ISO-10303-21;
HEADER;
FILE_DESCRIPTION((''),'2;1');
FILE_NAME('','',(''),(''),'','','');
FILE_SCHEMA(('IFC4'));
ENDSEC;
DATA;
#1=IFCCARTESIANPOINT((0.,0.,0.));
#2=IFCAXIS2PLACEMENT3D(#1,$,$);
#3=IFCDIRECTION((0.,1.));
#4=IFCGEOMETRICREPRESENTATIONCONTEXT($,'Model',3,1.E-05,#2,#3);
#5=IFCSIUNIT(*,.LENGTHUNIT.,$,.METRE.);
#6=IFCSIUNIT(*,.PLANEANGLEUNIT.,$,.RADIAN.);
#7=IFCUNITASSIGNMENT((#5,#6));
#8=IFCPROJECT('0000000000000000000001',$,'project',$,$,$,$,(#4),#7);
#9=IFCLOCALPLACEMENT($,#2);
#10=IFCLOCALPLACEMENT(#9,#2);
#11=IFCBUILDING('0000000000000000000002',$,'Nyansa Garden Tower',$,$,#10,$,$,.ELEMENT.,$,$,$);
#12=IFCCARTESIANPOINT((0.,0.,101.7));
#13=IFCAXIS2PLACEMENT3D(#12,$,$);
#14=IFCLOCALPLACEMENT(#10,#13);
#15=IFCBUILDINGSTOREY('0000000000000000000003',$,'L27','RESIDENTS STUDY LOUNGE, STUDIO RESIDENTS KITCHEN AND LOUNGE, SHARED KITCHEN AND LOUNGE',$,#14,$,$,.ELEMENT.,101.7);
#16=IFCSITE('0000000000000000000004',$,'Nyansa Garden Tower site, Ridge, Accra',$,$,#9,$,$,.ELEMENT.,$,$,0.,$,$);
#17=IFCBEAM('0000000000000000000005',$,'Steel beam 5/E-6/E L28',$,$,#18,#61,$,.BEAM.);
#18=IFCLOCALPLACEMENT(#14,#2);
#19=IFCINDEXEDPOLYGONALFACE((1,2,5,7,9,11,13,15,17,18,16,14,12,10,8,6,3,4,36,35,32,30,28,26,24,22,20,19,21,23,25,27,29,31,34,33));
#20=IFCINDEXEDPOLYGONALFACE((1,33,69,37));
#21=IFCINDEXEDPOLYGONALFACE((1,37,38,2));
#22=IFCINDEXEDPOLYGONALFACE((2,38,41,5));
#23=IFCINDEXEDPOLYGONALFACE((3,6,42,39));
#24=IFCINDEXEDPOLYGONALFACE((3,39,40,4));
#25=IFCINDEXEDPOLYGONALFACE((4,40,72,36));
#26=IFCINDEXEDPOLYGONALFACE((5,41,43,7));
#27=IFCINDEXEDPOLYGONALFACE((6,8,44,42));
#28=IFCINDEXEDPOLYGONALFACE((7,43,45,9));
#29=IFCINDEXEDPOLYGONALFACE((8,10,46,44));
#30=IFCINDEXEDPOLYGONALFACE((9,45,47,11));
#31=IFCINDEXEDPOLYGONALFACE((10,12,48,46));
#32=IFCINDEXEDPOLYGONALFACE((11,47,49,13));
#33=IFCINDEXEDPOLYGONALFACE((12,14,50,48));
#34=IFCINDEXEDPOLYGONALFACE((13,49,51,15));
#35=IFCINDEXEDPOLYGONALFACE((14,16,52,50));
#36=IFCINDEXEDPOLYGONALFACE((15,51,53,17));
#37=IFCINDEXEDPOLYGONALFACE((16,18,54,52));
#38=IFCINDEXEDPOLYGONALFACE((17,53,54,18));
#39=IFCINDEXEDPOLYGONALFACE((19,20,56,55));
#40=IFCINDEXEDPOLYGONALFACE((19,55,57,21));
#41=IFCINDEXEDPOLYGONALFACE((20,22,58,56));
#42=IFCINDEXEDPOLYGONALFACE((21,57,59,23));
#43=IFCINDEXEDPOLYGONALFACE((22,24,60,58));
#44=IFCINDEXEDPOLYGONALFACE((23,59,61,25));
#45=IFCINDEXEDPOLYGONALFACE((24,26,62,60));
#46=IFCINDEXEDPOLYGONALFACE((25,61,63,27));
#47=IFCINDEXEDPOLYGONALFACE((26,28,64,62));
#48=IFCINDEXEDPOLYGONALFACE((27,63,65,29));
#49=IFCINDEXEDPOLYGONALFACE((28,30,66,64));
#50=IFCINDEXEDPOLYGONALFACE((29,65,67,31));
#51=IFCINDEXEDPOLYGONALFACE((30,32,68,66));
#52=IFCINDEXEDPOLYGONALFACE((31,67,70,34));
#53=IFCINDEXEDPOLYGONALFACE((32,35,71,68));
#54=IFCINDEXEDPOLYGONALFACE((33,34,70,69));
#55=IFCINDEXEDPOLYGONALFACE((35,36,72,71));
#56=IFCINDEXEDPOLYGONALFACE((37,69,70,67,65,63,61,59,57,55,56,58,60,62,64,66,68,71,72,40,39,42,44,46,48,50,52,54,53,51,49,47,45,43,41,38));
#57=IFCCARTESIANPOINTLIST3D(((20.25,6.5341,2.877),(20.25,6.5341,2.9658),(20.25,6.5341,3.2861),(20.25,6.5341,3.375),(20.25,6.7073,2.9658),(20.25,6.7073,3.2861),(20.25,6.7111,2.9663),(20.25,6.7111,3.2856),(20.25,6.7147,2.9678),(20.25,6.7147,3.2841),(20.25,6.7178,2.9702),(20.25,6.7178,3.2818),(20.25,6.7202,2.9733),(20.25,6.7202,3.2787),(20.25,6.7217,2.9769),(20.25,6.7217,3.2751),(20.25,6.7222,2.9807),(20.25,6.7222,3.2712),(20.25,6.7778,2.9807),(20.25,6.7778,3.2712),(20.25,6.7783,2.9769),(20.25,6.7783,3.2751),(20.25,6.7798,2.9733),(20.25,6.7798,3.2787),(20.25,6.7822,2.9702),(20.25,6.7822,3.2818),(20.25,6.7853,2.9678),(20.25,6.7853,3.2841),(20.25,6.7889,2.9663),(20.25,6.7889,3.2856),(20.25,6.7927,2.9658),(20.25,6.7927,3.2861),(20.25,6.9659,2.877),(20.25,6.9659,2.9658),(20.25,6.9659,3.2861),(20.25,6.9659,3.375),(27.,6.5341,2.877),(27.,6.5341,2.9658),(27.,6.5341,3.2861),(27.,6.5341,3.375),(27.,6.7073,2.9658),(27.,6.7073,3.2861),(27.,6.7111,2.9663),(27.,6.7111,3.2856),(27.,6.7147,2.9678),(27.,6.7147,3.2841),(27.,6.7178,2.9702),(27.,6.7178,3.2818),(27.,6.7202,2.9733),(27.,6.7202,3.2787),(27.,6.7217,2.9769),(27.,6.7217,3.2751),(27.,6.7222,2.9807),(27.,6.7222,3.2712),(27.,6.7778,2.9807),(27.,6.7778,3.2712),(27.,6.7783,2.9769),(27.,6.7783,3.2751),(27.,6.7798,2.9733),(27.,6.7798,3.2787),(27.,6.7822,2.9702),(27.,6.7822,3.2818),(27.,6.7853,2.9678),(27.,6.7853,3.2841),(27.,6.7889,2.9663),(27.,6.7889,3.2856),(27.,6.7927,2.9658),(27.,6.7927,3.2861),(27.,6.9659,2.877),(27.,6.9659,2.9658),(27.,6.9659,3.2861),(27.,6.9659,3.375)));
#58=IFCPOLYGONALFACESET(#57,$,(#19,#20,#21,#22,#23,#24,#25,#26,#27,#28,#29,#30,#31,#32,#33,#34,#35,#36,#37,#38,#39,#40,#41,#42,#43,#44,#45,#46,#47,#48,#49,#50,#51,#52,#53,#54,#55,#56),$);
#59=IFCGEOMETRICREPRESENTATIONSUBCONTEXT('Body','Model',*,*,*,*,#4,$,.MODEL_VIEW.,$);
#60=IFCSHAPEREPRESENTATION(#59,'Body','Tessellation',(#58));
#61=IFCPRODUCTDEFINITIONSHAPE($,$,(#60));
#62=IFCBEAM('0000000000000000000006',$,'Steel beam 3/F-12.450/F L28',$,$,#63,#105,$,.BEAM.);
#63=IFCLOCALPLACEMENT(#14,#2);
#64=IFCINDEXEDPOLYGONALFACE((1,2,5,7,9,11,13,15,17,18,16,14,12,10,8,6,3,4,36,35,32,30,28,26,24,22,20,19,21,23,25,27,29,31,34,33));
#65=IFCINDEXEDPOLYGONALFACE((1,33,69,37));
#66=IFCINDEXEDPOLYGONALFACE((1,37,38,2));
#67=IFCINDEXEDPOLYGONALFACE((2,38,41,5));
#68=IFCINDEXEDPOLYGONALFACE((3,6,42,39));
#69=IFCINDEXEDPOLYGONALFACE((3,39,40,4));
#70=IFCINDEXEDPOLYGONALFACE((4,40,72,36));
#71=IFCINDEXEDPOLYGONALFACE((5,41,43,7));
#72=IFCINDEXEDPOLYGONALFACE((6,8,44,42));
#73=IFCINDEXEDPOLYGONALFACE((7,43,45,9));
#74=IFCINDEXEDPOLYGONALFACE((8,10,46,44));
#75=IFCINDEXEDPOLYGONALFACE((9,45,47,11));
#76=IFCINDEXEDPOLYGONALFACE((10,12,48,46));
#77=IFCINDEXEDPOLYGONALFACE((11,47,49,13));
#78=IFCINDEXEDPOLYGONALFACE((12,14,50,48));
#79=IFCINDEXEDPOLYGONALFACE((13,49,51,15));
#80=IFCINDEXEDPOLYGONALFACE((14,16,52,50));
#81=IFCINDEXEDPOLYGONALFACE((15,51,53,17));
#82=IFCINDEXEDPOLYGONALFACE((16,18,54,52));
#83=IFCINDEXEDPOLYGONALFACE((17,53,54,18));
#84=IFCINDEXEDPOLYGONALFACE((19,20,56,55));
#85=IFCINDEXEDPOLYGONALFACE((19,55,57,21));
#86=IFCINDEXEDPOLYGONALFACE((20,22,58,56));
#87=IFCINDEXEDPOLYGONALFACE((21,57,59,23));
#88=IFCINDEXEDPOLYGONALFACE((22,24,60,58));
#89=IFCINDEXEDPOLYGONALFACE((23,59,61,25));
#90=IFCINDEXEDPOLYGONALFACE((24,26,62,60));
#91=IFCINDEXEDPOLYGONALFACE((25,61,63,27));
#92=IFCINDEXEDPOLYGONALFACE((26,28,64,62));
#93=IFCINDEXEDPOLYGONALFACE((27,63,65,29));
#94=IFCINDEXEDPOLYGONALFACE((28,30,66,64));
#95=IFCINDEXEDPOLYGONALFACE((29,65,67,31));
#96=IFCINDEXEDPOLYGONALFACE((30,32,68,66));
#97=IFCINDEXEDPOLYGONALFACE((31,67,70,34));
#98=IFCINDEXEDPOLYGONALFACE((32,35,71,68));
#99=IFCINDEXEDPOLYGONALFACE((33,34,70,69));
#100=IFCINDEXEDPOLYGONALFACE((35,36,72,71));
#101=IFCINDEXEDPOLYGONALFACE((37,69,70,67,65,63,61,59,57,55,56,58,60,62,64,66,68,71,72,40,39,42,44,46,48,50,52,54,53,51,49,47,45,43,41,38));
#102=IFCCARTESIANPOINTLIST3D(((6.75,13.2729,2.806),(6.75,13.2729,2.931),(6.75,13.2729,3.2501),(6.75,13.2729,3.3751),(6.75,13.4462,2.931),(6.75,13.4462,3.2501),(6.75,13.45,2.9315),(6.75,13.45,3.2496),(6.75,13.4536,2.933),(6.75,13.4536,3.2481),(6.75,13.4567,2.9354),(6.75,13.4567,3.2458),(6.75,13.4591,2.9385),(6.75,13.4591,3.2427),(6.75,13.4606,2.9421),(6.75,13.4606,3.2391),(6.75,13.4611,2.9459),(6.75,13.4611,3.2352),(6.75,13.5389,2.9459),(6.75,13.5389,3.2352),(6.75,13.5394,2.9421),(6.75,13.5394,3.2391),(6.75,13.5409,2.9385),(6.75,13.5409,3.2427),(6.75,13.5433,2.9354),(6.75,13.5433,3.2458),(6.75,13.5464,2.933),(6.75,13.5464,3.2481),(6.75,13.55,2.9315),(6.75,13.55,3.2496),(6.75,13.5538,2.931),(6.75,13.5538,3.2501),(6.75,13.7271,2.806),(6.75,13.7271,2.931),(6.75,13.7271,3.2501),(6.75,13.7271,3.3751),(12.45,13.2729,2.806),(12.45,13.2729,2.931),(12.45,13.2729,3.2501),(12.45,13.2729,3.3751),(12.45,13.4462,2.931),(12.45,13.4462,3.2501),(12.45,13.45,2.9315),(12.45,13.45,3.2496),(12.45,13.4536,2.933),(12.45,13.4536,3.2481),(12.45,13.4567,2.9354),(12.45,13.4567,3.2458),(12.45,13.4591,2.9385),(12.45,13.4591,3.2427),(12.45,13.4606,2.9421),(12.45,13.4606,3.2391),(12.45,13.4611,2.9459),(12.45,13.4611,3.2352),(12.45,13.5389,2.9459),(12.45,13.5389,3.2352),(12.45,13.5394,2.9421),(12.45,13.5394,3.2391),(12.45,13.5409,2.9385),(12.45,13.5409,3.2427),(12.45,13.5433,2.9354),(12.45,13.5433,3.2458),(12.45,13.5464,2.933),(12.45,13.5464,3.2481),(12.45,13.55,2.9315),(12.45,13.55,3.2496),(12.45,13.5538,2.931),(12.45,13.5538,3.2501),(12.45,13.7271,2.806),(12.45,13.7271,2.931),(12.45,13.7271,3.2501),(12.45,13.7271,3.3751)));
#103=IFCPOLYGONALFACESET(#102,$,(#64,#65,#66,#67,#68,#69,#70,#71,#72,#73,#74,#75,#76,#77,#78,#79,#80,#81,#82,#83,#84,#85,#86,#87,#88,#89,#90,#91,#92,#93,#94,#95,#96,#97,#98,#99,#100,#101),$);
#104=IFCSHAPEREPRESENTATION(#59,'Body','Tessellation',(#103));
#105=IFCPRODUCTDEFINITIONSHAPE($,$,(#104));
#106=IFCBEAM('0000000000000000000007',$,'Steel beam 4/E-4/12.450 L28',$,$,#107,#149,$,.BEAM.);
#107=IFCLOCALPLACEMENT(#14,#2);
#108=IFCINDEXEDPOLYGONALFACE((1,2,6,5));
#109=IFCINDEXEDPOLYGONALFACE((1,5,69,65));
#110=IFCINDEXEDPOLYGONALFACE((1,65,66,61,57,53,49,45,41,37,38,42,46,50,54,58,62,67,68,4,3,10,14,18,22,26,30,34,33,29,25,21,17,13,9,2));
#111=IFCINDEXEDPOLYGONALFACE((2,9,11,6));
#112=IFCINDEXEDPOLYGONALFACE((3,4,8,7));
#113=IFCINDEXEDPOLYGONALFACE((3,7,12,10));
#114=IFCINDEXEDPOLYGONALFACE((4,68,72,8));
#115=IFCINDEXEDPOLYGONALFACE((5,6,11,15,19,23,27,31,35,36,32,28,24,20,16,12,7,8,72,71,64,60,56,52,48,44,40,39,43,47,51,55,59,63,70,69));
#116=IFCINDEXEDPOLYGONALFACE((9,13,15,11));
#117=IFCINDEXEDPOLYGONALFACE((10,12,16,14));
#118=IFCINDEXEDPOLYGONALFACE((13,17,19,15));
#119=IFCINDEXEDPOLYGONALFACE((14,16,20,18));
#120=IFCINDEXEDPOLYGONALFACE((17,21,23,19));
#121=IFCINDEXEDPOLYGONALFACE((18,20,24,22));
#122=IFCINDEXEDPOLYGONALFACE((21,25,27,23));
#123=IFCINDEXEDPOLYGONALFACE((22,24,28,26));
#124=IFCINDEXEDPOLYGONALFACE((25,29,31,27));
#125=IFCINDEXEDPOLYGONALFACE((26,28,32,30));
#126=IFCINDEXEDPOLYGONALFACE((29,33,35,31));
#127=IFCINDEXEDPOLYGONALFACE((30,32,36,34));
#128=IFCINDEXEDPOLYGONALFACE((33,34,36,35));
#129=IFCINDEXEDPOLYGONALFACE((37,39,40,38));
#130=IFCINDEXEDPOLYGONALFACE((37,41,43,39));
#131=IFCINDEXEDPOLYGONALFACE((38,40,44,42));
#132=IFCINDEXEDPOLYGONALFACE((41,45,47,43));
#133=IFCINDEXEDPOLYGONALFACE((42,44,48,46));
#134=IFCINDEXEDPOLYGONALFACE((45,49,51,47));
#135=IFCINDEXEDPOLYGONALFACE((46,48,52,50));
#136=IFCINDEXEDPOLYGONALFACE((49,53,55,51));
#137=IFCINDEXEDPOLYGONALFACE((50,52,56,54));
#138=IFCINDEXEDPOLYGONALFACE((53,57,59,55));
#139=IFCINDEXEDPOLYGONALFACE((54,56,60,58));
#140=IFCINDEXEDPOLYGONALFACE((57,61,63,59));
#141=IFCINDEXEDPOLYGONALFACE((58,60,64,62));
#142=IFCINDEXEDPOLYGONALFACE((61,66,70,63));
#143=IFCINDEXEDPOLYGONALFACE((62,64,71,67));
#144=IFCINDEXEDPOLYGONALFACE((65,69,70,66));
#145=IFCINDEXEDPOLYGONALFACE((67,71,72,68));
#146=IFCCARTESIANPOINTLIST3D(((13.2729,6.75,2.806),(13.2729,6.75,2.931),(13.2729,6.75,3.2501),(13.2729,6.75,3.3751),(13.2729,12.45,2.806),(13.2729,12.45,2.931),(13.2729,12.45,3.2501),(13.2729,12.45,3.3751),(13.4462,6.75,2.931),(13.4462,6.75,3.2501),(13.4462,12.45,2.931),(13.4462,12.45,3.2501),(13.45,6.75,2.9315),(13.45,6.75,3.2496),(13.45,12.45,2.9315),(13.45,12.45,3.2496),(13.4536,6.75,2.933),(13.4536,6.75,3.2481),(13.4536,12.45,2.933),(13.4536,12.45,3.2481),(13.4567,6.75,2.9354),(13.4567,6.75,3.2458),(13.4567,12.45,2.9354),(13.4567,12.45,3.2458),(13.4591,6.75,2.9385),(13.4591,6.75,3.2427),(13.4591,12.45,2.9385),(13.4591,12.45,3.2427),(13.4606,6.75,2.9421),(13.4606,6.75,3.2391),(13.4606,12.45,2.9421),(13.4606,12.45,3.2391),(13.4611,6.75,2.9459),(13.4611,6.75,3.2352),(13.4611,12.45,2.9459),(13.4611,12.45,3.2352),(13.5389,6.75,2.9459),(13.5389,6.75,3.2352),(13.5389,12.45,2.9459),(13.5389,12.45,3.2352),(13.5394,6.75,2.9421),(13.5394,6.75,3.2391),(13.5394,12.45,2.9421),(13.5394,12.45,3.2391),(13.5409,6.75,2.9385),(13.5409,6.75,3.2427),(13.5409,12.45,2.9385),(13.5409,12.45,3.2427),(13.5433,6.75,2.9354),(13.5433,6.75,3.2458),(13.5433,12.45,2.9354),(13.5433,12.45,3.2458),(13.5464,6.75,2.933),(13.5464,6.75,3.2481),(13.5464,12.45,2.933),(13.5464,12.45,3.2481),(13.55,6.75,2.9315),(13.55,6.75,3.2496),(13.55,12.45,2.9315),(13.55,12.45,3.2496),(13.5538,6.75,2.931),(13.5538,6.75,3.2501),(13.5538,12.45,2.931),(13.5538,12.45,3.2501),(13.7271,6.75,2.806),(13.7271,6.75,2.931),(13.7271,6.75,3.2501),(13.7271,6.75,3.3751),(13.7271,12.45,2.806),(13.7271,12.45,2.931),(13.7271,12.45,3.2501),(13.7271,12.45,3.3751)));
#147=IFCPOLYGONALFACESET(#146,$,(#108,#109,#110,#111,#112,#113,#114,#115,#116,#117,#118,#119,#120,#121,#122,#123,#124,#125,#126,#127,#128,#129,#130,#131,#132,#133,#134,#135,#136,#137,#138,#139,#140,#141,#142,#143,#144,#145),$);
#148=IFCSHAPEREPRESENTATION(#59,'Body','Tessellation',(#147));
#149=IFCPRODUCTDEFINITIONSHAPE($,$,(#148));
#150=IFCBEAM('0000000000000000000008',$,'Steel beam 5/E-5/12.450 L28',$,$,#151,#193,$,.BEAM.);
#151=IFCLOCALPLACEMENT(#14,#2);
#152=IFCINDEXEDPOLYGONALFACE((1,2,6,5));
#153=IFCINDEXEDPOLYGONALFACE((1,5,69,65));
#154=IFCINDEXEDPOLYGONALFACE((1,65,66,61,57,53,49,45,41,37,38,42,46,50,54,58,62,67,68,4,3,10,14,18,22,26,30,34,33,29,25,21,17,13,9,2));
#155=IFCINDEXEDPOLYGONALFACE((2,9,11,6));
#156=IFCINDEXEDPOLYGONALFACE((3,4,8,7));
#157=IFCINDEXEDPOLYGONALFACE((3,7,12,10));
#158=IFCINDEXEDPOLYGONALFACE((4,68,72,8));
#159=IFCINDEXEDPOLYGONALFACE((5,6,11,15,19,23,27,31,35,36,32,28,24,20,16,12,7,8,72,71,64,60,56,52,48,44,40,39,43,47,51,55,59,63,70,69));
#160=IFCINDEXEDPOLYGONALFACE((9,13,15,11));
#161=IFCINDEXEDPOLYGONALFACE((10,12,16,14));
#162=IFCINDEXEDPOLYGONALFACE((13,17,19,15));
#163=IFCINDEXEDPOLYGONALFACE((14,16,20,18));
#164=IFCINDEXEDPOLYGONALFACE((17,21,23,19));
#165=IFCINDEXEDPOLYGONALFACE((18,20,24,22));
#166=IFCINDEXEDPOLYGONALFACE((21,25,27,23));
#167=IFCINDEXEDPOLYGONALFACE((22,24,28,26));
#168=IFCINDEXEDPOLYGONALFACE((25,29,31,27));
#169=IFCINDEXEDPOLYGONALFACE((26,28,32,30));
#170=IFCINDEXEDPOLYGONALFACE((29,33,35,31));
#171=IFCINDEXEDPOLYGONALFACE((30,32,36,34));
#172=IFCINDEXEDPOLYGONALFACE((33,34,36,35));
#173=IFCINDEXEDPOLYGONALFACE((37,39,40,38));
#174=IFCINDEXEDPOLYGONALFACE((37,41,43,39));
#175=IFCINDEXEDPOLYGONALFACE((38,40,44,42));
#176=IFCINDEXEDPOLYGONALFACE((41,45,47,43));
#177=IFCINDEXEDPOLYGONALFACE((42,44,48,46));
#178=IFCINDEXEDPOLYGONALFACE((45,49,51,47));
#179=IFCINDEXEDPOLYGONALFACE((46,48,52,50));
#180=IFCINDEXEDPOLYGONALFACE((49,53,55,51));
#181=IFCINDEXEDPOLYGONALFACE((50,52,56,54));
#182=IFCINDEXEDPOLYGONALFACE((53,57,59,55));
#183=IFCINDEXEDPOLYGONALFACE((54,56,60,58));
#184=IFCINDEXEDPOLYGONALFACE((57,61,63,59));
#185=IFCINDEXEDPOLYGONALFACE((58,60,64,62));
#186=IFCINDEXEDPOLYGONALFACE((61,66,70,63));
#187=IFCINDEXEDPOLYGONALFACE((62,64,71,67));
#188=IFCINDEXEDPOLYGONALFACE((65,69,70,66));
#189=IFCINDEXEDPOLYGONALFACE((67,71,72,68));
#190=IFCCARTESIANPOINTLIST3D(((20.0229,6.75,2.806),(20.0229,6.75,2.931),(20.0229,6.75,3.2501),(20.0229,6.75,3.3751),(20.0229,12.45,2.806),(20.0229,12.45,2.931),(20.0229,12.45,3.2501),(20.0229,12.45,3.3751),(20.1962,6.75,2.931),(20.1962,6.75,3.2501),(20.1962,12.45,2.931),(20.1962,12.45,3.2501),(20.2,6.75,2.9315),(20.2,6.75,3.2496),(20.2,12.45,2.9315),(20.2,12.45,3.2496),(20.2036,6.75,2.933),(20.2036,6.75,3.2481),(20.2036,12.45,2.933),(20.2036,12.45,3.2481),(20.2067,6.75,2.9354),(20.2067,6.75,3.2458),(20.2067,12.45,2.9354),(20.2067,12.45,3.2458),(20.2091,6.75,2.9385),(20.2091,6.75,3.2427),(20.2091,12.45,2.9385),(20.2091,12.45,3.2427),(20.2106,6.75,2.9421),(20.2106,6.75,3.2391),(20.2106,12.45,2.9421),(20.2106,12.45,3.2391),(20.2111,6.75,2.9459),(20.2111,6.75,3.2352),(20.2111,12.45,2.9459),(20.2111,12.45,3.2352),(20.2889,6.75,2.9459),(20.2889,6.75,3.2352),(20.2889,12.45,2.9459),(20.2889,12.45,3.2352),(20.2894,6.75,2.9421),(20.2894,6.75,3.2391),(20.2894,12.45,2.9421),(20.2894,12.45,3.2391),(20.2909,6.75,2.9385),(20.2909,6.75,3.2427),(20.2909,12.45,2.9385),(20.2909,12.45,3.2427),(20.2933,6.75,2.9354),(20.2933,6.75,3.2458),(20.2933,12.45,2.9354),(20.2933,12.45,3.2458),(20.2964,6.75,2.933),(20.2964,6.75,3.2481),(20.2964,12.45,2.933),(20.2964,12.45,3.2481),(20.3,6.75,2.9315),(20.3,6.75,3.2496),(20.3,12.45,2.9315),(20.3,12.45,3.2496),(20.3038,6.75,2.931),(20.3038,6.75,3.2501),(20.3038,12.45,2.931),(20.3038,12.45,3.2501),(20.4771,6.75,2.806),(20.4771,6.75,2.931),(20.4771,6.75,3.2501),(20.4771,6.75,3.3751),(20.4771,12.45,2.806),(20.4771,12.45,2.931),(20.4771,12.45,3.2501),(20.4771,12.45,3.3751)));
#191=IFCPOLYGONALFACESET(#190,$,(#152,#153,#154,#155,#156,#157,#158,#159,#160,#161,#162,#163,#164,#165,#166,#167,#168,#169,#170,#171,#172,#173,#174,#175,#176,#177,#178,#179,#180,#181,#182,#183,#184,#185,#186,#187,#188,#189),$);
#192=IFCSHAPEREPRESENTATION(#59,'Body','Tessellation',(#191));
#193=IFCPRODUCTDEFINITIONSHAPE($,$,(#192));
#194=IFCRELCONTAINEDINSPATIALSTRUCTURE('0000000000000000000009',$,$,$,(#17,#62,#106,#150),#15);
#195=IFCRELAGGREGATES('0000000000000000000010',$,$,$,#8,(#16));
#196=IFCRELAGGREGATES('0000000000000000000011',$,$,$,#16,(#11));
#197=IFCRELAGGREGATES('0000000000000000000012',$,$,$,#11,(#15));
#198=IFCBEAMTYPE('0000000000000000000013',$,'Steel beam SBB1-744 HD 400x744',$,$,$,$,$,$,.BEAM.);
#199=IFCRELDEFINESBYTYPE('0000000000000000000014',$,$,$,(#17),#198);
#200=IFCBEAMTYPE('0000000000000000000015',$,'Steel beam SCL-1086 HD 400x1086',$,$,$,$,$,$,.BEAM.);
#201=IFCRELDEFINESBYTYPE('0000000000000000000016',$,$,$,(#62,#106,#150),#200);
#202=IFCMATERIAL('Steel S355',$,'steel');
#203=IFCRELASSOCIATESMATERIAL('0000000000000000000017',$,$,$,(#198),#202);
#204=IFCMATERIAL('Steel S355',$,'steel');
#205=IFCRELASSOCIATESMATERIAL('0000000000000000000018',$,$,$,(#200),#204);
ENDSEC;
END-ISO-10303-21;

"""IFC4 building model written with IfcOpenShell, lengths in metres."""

from ifc_helpers import new_model, si_unit, direction, frame, origin, origin_2d, place, context, subcontext, project, spatial, i_section, extrude, material, material_profile, profile_set, type_object, element, save


model = new_model("IFC4")

# Units and contexts
model_context = context("Model", 3, precision=1e-05, world=origin(), true_north=direction((0.0, 1.0)))
body_context = subcontext(model_context, "Body", "Model", "MODEL_VIEW")
ifc_project = project(units=[si_unit("LENGTHUNIT", "METRE"), si_unit("PLANEANGLEUNIT", "RADIAN")], contexts=[model_context])

# Site, building, storey
site_placement = place(None, origin())
site = spatial("IfcSite", under=ifc_project, at=site_placement, Name="Nyansa Garden Tower site, Ridge, Accra", CompositionType="ELEMENT", RefElevation=0.0)
building_placement = place(site_placement, origin())
building = spatial("IfcBuilding", under=site, at=building_placement, Name="Nyansa Garden Tower", CompositionType="ELEMENT")
storey_placement = place(building_placement, frame((0.0, 0.0, 101.7)))
storey = spatial("IfcBuildingStorey", under=building, at=storey_placement, Name="L27", Description="RESIDENTS STUDY LOUNGE, STUDIO RESIDENTS KITCHEN AND LOUNGE, SHARED KITCHEN AND LOUNGE", CompositionType="ELEMENT", Elevation=101.7)

# Beams
ifc_material_1 = material(Name="Steel S355", Category="steel")
ifc_material_profile_1 = material_profile(ifc_material_1, i_section(OverallWidth=0.4319, OverallDepth=0.498, WebThickness=0.0557, FlangeThickness=0.0889, FilletRadius=0.0149, at=origin_2d()), Name="HD 400x744")
ifc_profile_set_1 = profile_set([ifc_material_profile_1], Name="Steel S355")
beam_type_1 = type_object("IfcBeamType", Name="Steel beam SBB1-744 HD 400x744", PredefinedType="BEAM", material=ifc_profile_set_1)
for number, where, z_axis, x_axis, name in (
    (1, (20.25, 6.75, 3.126), (1.0, 0.0, 0.0), (0.0, 1.0, 0.0), "Steel beam 5/E-6/E L28"),
):
    element("IfcBeam", number, at=place(storey_placement, frame(where, z_axis=z_axis, x_axis=x_axis)), inside=storey, type_object=beam_type_1, Name=name, PredefinedType="BEAM", context=body_context, shape_type="SweptSolid", body=[
        extrude(i_section(OverallWidth=0.4319, OverallDepth=0.498, WebThickness=0.0557, FlangeThickness=0.0889, FilletRadius=0.0149, at=origin_2d()), origin(), (0.0, 0.0, 1.0), 6.75),
    ])
ifc_material_2 = material(Name="Steel S355", Category="steel")
ifc_material_profile_2 = material_profile(ifc_material_2, i_section(OverallWidth=0.4541, OverallDepth=0.5691, WebThickness=0.0779, FlangeThickness=0.125, FilletRadius=0.0149, at=origin_2d()), Name="HD 400x1086")
ifc_profile_set_2 = profile_set([ifc_material_profile_2], Name="Steel S355")
beam_type_2 = type_object("IfcBeamType", Name="Steel beam SCL-1086 HD 400x1086", PredefinedType="BEAM", material=ifc_profile_set_2)
for number, where, z_axis, x_axis, name in (
    (2, (6.75, 13.5, 3.0906), (1.0, 0.0, 0.0), (0.0, 1.0, 0.0), "Steel beam 3/F-12.450/F L28"),
    (3, (13.5, 6.75, 3.0906), (0.0, 1.0, 0.0), (-1.0, 0.0, 0.0), "Steel beam 4/E-4/12.450 L28"),
    (4, (20.25, 6.75, 3.0906), (0.0, 1.0, 0.0), (-1.0, 0.0, 0.0), "Steel beam 5/E-5/12.450 L28"),
):
    element("IfcBeam", number, at=place(storey_placement, frame(where, z_axis=z_axis, x_axis=x_axis)), inside=storey, type_object=beam_type_2, Name=name, PredefinedType="BEAM", context=body_context, shape_type="SweptSolid", body=[
        extrude(i_section(OverallWidth=0.4541, OverallDepth=0.5691, WebThickness=0.0779, FlangeThickness=0.125, FilletRadius=0.0149, at=origin_2d()), origin(), (0.0, 0.0, 1.0), 5.7),
    ])

save(model, "model.ifc")
